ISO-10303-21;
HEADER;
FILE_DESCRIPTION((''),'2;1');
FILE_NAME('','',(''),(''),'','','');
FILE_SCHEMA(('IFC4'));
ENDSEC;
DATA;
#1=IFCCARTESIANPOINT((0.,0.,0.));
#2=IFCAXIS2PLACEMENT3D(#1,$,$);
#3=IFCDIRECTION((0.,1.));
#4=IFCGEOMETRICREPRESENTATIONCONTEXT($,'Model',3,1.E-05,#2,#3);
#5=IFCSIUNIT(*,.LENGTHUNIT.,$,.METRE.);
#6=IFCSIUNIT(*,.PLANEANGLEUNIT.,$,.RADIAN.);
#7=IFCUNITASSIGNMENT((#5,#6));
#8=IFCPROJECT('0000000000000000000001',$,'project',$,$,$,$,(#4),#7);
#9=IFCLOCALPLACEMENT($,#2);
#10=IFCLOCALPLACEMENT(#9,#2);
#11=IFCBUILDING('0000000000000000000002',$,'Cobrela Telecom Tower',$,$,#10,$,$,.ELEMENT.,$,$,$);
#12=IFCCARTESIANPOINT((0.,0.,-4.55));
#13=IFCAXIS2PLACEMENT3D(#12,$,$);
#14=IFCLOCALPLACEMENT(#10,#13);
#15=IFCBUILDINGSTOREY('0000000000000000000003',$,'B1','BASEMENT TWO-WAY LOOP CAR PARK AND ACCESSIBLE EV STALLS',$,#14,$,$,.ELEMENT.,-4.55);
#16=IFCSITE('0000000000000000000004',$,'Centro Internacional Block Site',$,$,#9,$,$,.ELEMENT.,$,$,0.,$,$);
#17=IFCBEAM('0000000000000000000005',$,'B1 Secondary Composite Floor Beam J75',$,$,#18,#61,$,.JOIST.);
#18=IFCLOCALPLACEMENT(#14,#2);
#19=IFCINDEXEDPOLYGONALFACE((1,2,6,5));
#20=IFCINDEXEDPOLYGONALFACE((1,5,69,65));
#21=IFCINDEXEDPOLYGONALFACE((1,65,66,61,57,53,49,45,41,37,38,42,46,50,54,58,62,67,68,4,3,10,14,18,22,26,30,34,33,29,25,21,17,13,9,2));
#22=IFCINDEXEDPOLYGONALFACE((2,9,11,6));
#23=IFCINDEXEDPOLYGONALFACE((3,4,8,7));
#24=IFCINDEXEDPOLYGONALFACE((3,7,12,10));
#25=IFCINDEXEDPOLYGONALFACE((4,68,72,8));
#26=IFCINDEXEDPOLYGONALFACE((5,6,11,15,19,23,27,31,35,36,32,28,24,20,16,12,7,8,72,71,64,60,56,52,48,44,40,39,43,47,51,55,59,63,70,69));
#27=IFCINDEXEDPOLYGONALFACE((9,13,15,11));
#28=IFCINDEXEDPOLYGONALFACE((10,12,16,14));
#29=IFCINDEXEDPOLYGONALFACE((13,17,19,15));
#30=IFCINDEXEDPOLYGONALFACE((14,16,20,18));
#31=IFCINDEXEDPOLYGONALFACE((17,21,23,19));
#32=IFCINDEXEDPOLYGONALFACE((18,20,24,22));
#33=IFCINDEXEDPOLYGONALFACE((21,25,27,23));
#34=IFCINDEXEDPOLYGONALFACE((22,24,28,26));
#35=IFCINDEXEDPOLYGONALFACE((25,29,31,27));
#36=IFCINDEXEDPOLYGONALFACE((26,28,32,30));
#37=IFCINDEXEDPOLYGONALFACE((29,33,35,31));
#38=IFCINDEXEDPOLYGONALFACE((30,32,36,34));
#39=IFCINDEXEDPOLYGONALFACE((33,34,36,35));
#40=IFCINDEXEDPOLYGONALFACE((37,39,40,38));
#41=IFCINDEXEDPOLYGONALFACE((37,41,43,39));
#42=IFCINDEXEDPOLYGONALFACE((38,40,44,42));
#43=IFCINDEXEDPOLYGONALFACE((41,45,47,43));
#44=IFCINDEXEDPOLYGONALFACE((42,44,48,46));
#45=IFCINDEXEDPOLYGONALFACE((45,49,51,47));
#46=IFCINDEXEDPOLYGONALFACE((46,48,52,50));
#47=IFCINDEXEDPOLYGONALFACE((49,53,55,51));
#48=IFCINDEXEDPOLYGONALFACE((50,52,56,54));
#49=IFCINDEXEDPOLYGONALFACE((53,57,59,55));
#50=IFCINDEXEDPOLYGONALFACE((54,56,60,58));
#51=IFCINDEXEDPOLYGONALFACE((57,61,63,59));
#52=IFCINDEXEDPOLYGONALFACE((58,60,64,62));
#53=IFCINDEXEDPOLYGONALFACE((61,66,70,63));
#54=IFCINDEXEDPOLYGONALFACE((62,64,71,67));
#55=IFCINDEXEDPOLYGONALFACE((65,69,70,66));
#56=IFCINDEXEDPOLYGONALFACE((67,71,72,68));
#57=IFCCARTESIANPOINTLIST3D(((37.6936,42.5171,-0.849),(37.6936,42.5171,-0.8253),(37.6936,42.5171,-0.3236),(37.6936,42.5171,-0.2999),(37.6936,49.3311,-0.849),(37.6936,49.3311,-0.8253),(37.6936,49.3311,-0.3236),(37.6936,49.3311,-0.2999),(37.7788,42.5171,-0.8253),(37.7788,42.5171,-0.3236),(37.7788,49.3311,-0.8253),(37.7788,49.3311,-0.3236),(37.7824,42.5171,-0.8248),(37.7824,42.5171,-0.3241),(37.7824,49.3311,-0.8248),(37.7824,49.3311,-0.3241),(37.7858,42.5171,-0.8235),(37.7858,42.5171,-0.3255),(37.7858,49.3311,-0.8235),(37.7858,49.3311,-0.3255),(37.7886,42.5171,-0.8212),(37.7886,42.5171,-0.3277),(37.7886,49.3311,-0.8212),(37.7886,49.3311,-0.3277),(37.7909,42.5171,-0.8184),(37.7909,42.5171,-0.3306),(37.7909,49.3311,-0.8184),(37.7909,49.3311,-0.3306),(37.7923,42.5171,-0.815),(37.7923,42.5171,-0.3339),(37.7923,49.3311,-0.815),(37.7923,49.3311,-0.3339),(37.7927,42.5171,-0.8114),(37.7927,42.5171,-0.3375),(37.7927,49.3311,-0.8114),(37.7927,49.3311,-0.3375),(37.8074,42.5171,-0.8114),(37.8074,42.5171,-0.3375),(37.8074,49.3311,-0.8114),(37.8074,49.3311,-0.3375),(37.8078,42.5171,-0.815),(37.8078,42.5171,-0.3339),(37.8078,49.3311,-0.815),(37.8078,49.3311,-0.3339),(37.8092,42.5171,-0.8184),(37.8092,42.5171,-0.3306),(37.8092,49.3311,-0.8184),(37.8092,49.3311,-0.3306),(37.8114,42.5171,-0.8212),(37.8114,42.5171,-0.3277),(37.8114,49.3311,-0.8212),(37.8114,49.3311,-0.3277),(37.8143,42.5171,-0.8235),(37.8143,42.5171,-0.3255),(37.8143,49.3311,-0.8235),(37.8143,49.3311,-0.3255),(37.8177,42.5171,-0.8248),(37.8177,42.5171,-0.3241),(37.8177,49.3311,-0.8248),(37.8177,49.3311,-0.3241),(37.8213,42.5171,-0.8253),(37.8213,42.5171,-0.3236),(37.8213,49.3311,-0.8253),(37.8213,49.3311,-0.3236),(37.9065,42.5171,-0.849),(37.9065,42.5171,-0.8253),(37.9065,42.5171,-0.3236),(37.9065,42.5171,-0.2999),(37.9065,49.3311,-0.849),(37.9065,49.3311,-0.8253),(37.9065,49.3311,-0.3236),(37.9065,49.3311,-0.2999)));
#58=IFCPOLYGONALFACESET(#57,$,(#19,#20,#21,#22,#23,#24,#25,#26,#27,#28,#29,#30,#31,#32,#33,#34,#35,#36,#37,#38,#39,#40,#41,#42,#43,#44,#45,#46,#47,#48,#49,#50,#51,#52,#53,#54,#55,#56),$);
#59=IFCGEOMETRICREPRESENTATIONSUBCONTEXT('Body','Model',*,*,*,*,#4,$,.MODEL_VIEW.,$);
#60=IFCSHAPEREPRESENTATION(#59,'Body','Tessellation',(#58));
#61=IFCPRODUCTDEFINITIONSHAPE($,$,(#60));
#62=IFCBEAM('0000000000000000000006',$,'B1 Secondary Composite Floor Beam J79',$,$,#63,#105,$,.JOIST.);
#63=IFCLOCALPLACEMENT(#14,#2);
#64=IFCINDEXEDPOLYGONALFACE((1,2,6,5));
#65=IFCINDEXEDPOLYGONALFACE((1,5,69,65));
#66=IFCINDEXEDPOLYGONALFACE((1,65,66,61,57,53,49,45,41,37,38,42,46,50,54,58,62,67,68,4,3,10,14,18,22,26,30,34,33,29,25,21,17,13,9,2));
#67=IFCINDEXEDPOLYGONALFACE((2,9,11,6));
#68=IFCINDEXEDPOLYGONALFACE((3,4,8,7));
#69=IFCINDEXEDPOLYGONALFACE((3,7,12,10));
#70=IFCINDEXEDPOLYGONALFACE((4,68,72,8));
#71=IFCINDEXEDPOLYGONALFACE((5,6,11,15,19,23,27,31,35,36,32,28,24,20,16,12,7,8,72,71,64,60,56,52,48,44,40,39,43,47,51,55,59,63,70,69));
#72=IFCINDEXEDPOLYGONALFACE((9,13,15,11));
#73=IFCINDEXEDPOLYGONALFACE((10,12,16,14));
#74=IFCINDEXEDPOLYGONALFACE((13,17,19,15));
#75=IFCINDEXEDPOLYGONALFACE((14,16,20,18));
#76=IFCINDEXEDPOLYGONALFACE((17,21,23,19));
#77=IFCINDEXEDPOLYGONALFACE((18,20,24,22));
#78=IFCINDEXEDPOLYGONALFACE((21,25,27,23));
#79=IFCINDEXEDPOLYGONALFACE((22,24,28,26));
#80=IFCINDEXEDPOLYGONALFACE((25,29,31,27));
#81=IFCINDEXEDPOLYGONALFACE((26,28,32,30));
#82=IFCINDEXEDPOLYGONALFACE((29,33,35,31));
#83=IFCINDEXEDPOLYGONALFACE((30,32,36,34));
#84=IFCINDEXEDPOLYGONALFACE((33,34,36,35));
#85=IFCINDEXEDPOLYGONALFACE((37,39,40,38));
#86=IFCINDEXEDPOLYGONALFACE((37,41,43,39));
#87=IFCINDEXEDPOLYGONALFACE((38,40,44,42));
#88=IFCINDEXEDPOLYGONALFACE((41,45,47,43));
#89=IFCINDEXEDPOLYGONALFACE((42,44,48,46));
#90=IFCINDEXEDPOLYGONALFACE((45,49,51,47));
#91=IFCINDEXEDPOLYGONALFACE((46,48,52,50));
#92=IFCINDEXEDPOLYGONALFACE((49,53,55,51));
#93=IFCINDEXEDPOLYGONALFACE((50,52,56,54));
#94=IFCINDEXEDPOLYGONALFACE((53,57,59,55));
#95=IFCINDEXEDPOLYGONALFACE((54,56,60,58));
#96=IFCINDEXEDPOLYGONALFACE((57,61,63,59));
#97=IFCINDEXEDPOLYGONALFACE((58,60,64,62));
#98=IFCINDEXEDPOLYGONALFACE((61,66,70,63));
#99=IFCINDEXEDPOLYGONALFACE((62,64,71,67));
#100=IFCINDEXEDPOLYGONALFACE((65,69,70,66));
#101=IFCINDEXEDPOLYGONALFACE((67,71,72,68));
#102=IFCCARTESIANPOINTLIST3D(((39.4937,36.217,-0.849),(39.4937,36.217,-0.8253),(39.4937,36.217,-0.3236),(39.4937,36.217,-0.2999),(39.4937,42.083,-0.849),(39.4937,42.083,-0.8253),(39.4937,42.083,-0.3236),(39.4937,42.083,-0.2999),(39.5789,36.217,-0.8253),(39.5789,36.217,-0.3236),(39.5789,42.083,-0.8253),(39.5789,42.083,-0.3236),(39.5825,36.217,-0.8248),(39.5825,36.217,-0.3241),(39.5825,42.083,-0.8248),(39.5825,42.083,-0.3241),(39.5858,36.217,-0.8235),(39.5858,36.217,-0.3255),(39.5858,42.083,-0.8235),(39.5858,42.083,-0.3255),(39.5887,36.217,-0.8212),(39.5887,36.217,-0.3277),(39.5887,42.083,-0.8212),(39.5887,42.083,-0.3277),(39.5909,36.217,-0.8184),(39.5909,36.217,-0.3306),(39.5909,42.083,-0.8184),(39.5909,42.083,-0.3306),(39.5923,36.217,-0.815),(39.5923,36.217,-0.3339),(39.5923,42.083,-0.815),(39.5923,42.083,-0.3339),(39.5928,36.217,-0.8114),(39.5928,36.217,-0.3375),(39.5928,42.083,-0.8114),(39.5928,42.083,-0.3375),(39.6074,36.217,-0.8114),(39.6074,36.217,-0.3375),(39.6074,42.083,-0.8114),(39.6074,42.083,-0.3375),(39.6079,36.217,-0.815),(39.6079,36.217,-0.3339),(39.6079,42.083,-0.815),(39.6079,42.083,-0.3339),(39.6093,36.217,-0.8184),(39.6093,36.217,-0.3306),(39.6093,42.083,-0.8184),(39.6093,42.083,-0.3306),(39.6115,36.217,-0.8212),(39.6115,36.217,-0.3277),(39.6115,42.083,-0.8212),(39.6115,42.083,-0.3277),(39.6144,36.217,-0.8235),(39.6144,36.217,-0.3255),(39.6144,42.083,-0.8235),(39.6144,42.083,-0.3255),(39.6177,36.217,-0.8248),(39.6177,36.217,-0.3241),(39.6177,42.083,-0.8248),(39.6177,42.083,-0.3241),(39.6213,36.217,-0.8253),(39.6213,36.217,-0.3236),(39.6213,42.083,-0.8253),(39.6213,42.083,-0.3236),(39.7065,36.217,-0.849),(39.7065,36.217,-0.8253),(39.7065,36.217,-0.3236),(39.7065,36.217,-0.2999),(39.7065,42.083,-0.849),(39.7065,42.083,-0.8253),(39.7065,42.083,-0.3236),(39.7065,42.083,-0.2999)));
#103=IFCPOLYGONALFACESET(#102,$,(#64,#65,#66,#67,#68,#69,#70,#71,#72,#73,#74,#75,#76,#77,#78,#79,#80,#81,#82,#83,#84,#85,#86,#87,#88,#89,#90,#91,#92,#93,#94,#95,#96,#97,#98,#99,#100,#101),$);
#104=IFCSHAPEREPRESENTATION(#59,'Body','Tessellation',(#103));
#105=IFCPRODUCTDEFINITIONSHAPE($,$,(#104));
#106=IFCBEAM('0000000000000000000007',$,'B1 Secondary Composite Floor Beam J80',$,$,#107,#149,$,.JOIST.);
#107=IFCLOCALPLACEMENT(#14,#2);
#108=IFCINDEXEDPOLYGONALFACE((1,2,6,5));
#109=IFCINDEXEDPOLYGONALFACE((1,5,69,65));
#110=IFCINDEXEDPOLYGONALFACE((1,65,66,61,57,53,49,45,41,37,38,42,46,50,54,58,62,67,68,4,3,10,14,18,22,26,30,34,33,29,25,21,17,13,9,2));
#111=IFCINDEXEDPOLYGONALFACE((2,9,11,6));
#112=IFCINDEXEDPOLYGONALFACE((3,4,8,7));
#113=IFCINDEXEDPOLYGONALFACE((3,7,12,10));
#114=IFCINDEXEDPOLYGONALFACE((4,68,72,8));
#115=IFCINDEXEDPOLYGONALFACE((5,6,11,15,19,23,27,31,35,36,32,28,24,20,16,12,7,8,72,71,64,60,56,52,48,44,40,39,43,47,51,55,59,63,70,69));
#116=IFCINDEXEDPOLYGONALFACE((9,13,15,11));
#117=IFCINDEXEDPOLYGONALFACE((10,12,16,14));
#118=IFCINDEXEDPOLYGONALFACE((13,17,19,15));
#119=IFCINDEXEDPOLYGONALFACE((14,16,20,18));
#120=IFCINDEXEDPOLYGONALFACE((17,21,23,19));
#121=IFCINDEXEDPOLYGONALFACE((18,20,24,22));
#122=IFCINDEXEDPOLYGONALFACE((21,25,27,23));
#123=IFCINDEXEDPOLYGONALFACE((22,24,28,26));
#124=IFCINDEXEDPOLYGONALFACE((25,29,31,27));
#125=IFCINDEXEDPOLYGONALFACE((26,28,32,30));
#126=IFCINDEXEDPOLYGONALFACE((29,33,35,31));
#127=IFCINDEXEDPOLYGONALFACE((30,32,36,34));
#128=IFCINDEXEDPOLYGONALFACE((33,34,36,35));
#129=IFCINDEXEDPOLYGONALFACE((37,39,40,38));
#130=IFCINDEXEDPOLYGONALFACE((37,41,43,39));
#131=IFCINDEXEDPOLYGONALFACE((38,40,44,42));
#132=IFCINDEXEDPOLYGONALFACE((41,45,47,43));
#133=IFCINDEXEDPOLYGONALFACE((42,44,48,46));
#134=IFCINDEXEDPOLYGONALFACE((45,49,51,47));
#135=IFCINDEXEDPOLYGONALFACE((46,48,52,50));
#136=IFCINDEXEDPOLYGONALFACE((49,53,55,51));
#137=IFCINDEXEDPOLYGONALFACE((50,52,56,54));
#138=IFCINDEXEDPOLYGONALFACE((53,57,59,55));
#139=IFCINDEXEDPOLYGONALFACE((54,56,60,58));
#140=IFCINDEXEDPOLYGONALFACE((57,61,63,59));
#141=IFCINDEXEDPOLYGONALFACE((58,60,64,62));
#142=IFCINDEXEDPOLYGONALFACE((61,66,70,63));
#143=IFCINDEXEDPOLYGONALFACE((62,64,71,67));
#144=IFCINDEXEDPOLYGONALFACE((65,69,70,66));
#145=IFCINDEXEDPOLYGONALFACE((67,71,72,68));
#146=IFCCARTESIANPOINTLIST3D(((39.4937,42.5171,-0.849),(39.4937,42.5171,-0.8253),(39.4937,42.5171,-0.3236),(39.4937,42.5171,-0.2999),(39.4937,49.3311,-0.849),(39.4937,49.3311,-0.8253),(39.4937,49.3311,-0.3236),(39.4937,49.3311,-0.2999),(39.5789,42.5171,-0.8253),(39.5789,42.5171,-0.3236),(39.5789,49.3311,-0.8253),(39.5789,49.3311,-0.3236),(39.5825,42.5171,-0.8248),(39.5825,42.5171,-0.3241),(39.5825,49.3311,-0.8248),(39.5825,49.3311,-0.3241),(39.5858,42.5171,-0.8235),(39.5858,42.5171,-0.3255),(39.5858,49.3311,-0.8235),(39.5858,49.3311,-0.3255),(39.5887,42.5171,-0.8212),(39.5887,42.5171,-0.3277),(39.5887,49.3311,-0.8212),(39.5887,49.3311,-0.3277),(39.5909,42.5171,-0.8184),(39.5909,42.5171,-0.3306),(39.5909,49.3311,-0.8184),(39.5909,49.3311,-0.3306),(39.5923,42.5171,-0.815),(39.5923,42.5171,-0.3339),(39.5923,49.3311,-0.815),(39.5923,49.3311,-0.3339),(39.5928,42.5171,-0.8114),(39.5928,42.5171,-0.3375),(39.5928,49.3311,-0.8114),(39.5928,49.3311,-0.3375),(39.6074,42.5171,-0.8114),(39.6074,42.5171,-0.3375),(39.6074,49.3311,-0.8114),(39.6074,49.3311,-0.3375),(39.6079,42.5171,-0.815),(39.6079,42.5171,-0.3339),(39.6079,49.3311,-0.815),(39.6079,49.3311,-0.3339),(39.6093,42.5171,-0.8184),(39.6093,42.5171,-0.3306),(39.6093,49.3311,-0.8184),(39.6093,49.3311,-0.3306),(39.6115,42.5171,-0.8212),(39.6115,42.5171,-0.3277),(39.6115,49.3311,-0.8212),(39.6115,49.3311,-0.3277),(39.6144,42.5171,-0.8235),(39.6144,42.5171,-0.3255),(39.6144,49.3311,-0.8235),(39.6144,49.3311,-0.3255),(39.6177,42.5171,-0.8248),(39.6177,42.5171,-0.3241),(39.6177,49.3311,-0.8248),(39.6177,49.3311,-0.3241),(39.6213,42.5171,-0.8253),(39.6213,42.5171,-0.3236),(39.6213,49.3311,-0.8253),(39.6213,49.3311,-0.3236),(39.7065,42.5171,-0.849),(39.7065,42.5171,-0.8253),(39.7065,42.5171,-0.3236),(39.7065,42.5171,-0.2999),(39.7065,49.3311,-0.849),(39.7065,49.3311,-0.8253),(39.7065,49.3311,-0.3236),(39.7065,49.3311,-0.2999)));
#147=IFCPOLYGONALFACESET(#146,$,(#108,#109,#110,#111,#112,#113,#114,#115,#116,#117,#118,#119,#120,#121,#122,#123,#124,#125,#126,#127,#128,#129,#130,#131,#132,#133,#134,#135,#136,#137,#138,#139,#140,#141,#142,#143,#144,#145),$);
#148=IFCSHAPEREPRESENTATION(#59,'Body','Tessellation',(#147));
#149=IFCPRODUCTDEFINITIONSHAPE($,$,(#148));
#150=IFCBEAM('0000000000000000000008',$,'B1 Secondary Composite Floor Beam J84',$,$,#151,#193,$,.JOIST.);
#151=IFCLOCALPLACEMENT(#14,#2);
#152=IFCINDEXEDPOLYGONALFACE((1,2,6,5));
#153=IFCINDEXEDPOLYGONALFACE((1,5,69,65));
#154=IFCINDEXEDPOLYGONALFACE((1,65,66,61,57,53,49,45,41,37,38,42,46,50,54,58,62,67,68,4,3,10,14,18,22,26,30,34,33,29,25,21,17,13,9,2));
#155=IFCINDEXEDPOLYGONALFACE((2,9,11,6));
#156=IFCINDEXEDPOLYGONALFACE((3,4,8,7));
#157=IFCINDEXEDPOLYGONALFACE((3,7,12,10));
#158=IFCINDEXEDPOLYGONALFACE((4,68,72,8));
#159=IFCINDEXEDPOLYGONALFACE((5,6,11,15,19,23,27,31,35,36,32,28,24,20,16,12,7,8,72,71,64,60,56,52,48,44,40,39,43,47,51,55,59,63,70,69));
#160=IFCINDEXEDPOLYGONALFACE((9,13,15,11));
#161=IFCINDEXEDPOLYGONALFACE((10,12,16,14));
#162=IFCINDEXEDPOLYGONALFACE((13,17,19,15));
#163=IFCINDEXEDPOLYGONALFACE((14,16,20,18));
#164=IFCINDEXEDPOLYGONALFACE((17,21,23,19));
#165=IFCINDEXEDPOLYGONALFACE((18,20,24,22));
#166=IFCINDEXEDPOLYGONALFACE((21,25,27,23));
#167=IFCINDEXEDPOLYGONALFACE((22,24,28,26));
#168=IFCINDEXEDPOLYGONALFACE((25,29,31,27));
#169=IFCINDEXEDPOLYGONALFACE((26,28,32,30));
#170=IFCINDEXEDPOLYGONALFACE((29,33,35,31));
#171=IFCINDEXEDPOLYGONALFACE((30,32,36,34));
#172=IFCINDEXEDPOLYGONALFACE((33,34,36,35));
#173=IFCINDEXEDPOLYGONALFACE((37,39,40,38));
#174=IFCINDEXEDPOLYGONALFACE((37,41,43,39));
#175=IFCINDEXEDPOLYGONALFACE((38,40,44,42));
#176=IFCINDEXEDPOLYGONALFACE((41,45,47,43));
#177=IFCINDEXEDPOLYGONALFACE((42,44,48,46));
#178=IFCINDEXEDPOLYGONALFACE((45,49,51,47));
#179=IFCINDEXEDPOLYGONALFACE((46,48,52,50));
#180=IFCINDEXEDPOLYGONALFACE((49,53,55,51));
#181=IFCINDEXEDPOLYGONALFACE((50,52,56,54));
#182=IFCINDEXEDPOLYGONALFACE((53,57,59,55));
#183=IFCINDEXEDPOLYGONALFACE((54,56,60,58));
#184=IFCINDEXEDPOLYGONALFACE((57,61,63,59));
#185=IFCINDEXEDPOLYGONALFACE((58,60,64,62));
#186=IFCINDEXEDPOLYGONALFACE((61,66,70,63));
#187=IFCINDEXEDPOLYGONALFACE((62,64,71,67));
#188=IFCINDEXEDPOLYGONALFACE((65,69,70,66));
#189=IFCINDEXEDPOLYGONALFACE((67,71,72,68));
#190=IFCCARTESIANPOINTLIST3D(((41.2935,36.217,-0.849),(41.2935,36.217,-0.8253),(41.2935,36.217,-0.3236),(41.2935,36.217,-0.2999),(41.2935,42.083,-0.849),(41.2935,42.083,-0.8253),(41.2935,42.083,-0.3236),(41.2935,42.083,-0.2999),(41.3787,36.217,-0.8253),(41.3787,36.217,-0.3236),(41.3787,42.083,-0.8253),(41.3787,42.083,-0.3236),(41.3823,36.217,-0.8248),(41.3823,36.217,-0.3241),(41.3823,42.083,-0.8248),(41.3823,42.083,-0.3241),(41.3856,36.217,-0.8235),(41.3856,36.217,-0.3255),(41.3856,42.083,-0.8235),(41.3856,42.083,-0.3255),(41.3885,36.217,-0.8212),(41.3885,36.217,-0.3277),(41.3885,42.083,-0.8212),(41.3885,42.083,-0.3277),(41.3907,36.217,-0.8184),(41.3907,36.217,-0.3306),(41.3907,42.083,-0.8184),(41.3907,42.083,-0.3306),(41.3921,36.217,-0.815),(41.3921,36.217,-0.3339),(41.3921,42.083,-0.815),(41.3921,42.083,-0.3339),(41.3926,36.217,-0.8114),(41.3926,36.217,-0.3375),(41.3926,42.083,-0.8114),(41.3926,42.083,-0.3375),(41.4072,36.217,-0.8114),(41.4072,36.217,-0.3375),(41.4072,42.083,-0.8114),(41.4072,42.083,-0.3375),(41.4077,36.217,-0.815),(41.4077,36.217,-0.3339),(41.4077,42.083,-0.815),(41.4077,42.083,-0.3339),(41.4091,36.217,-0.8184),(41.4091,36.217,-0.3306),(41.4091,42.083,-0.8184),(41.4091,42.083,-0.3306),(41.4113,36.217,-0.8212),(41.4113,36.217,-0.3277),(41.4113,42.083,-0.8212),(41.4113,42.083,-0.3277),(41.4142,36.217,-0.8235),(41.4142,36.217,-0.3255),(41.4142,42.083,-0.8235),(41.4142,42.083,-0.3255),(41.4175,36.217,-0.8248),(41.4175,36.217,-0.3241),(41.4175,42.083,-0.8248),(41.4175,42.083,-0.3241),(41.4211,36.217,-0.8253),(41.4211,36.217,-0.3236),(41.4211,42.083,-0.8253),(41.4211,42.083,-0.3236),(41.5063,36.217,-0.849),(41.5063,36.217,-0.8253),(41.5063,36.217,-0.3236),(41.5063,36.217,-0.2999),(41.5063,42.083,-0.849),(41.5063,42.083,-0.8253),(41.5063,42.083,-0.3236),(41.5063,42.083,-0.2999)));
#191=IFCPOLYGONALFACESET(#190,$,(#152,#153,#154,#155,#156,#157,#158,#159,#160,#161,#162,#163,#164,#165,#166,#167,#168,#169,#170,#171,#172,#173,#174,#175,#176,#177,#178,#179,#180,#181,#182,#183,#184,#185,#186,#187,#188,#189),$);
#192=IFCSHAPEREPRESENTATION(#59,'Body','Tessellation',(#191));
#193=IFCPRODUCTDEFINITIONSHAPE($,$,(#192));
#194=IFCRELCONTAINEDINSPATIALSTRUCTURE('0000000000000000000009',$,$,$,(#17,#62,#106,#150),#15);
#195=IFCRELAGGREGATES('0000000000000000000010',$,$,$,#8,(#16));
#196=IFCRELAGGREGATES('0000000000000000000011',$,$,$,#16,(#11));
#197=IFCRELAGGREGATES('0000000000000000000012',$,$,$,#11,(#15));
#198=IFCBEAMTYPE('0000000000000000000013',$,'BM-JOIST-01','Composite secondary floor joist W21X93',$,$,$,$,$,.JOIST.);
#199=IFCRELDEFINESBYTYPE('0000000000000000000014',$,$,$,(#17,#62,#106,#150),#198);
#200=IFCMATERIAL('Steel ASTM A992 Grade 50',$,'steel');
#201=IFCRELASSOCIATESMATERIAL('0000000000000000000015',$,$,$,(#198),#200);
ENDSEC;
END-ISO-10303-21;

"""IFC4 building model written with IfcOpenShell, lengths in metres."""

from ifc_helpers import new_model, si_unit, direction, frame, origin, origin_2d, place, context, subcontext, project, spatial, i_section, extrude, material, material_profile, profile_set, type_object, element, save


model = new_model("IFC4")

# Units and contexts
model_context = context("Model", 3, precision=1e-05, world=origin(), true_north=direction((0.0, 1.0)))
body_context = subcontext(model_context, "Body", "Model", "MODEL_VIEW")
ifc_project = project(units=[si_unit("LENGTHUNIT", "METRE"), si_unit("PLANEANGLEUNIT", "RADIAN")], contexts=[model_context])

# Site, building, storey
site_placement = place(None, origin())
site = spatial("IfcSite", under=ifc_project, at=site_placement, Name="Centro Internacional Block Site", CompositionType="ELEMENT", RefElevation=0.0)
building_placement = place(site_placement, origin())
building = spatial("IfcBuilding", under=site, at=building_placement, Name="Cobrela Telecom Tower", CompositionType="ELEMENT")
storey_placement = place(building_placement, frame((0.0, 0.0, -4.55)))
storey = spatial("IfcBuildingStorey", under=building, at=storey_placement, Name="B1", Description="BASEMENT TWO-WAY LOOP CAR PARK AND ACCESSIBLE EV STALLS", CompositionType="ELEMENT", Elevation=-4.55)

# Beams
ifc_material_1 = material(Name="Steel ASTM A992 Grade 50", Category="steel")
ifc_material_profile_1 = material_profile(ifc_material_1, i_section(OverallWidth=0.2129, OverallDepth=0.5491, WebThickness=0.0146, FlangeThickness=0.0237, FilletRadius=0.0139, at=origin_2d()), Name="W21X93")
ifc_profile_set_1 = profile_set([ifc_material_profile_1], Name="Steel ASTM A992 Grade 50")
beam_type_1 = type_object("IfcBeamType", Name="BM-JOIST-01", Description="Composite secondary floor joist W21X93", PredefinedType="JOIST", material=ifc_profile_set_1)
beam_1_placement = place(storey_placement, frame((37.8, 42.5171, -0.5745), z_axis=(0.0, 1.0, 0.0), x_axis=(-1.0, 0.0, 0.0)))
element("IfcBeam", 1, at=beam_1_placement, inside=storey, type_object=beam_type_1, Name="B1 Secondary Composite Floor Beam J75", PredefinedType="JOIST", context=body_context, shape_type="SweptSolid", body=[
    extrude(i_section(OverallWidth=0.2129, OverallDepth=0.5491, WebThickness=0.0146, FlangeThickness=0.0237, FilletRadius=0.0139, at=origin_2d()), origin(), (0.0, 0.0, 1.0), 6.814),
])
beam_2_placement = place(storey_placement, frame((39.6001, 36.217, -0.5745), z_axis=(0.0, 1.0, 0.0), x_axis=(-1.0, 0.0, 0.0)))
element("IfcBeam", 2, at=beam_2_placement, inside=storey, type_object=beam_type_1, Name="B1 Secondary Composite Floor Beam J79", PredefinedType="JOIST", context=body_context, shape_type="SweptSolid", body=[
    extrude(i_section(OverallWidth=0.2129, OverallDepth=0.5491, WebThickness=0.0146, FlangeThickness=0.0237, FilletRadius=0.0139, at=origin_2d()), origin(), (0.0, 0.0, 1.0), 5.866),
])
beam_3_placement = place(storey_placement, frame((39.6001, 42.5171, -0.5745), z_axis=(0.0, 1.0, 0.0), x_axis=(-1.0, 0.0, 0.0)))
element("IfcBeam", 3, at=beam_3_placement, inside=storey, type_object=beam_type_1, Name="B1 Secondary Composite Floor Beam J80", PredefinedType="JOIST", context=body_context, shape_type="SweptSolid", body=[
    extrude(i_section(OverallWidth=0.2129, OverallDepth=0.5491, WebThickness=0.0146, FlangeThickness=0.0237, FilletRadius=0.0139, at=origin_2d()), origin(), (0.0, 0.0, 1.0), 6.814),
])
beam_4_placement = place(storey_placement, frame((41.3999, 36.217, -0.5745), z_axis=(0.0, 1.0, 0.0), x_axis=(-1.0, 0.0, 0.0)))
element("IfcBeam", 4, at=beam_4_placement, inside=storey, type_object=beam_type_1, Name="B1 Secondary Composite Floor Beam J84", PredefinedType="JOIST", context=body_context, shape_type="SweptSolid", body=[
    extrude(i_section(OverallWidth=0.2129, OverallDepth=0.5491, WebThickness=0.0146, FlangeThickness=0.0237, FilletRadius=0.0139, at=origin_2d()), origin(), (0.0, 0.0, 1.0), 5.866),
])

save(model, "model.ifc")
